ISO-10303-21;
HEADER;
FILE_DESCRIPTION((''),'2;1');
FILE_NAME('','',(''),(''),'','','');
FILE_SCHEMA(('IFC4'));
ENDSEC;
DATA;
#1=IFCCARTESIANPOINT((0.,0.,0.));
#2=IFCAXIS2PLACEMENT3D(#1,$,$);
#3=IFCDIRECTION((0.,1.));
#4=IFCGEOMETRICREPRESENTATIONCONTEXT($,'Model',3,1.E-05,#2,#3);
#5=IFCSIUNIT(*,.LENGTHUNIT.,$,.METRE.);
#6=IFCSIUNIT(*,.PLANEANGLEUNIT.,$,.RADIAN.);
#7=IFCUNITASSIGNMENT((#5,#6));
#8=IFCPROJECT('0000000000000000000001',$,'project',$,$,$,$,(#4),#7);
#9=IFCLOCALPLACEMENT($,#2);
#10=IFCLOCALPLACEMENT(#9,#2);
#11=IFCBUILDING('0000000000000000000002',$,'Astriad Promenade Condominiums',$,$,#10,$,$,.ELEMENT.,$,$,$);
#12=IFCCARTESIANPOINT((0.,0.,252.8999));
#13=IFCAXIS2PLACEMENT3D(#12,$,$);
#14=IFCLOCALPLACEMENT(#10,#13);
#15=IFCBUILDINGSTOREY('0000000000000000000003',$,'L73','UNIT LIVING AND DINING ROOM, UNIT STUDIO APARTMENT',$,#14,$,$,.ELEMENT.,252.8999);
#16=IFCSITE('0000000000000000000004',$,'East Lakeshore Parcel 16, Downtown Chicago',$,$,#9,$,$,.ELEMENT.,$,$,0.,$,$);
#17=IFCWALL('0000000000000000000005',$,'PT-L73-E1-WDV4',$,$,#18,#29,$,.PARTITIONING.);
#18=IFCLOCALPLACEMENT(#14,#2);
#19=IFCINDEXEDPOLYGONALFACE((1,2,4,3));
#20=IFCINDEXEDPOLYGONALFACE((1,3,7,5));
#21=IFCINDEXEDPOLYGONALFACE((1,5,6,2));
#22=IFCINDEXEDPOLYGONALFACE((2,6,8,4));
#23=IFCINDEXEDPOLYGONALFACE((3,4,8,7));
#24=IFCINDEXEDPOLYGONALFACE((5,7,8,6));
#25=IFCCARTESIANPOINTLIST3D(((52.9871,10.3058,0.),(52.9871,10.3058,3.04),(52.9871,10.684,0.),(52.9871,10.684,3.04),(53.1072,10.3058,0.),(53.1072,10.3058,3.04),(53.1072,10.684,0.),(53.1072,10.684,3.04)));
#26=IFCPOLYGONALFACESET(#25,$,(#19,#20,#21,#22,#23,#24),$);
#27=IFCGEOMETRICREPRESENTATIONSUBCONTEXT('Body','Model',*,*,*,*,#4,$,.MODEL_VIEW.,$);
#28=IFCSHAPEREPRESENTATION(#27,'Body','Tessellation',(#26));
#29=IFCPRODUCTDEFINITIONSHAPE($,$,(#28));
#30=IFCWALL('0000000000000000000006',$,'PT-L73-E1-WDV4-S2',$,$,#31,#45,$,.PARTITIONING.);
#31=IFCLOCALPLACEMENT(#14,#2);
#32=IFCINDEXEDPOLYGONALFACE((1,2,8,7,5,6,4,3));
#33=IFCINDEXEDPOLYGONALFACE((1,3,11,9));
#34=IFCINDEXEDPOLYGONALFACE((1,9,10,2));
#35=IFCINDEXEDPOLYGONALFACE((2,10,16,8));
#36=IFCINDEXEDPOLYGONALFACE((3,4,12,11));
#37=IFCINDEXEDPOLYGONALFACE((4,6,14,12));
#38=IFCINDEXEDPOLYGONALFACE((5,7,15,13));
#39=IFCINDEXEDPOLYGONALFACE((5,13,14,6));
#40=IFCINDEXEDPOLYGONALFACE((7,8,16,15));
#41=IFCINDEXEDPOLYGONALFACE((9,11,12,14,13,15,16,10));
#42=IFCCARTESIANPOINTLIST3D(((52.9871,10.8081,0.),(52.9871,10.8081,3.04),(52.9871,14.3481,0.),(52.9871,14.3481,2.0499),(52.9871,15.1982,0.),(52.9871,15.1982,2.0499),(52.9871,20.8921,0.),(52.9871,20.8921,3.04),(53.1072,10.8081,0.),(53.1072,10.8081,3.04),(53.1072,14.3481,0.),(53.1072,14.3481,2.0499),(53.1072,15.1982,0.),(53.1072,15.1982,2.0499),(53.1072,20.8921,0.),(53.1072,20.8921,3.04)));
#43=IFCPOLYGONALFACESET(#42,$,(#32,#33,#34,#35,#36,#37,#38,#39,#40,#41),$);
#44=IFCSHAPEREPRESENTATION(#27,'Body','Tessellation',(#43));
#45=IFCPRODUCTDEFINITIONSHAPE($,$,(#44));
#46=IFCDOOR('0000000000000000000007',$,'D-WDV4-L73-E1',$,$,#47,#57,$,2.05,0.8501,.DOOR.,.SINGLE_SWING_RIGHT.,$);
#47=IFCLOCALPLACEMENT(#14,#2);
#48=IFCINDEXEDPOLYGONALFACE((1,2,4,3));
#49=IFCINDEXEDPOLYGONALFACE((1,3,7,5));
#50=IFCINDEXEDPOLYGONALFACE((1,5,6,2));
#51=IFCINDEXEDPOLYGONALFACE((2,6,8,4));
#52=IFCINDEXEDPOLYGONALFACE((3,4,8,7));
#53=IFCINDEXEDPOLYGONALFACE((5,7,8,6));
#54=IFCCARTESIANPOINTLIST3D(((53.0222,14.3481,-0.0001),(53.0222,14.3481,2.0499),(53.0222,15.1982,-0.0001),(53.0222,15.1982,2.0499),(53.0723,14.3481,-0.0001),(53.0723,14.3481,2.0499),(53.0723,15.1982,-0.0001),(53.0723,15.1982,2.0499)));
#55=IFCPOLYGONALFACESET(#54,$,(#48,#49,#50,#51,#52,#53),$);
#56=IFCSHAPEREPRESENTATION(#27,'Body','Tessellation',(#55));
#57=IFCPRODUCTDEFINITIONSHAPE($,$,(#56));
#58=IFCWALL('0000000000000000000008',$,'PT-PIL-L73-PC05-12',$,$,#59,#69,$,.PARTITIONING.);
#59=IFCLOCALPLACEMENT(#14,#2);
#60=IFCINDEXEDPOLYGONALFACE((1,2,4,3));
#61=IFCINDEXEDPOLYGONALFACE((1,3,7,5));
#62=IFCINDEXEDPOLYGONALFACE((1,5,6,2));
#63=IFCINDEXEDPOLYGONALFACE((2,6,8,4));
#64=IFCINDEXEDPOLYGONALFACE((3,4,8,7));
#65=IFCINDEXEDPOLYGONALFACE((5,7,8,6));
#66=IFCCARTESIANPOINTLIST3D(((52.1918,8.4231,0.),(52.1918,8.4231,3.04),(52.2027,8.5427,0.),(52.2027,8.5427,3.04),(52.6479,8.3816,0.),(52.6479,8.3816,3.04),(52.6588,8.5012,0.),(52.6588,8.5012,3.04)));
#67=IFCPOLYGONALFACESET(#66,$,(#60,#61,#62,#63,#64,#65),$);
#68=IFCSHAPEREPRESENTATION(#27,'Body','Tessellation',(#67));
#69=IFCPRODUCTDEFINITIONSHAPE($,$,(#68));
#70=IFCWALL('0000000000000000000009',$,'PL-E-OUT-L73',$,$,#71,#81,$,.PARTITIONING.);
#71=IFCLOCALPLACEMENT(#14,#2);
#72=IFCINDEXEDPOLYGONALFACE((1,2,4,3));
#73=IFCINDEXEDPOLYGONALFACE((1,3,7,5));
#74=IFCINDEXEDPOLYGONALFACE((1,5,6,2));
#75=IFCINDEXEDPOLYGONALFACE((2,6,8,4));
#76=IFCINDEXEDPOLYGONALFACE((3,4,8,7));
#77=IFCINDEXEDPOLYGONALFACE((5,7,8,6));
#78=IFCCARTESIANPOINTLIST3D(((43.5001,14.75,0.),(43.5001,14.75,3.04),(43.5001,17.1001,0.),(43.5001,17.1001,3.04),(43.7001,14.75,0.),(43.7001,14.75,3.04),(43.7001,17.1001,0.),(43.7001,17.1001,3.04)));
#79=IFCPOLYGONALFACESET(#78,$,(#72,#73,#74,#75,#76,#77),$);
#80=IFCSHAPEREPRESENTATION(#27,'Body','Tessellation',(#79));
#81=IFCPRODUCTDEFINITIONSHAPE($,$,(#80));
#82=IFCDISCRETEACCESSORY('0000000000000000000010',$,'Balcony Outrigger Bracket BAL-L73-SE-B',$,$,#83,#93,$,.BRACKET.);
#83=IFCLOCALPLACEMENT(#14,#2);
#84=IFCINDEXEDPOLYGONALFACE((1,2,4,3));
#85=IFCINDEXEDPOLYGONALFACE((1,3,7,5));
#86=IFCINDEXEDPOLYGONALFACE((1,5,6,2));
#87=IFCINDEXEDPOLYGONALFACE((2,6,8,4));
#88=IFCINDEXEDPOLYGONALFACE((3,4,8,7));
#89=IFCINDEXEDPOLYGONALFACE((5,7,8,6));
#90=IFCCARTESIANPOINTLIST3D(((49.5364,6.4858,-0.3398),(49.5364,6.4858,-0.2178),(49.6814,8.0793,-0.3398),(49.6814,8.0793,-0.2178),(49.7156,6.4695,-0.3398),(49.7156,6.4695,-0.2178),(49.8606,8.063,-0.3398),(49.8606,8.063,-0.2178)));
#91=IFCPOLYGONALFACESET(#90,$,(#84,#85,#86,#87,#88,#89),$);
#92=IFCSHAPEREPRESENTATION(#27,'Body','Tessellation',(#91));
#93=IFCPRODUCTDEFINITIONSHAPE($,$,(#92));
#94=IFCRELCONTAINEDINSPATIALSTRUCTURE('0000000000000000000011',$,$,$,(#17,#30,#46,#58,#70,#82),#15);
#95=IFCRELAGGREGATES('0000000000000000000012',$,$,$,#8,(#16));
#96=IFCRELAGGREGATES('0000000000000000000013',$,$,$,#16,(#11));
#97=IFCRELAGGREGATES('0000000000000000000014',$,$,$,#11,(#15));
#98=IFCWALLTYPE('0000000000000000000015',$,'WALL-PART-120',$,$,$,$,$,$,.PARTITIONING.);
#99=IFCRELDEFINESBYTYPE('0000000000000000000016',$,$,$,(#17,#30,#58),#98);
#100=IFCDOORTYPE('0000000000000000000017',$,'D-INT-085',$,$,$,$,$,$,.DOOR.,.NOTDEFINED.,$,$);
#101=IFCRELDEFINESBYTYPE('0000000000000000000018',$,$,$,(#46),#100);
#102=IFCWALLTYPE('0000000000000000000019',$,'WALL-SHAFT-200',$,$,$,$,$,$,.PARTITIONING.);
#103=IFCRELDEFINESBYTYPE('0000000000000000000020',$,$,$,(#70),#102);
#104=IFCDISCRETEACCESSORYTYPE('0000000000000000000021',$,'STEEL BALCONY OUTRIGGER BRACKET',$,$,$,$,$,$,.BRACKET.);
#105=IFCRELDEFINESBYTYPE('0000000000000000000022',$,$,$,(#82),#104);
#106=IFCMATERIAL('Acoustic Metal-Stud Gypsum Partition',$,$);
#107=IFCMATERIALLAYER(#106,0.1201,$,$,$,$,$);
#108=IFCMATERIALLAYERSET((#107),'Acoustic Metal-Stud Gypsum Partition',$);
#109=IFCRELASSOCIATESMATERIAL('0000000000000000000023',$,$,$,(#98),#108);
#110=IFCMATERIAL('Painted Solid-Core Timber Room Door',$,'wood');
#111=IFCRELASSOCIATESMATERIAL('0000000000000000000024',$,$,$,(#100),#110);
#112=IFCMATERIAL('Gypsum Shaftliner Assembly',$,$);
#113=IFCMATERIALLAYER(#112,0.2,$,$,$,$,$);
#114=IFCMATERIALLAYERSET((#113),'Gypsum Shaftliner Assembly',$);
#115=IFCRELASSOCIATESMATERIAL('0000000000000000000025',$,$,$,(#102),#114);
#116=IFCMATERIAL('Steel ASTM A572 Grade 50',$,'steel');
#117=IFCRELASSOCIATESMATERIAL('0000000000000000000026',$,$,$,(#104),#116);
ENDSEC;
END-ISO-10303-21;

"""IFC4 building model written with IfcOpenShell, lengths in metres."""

from ifc_helpers import new_model, si_unit, direction, frame, frame_2d, origin, origin_2d, place, context, subcontext, project, spatial, rectangle, extrude, source, transform, mapped, material, layer, layer_set, type_object, type_shapes, element, fill, save


model = new_model("IFC4")

# Units and contexts
model_context = context("Model", 3, precision=1e-05, world=origin(), true_north=direction((0.0, 1.0)))
body_context = subcontext(model_context, "Body", "Model", "MODEL_VIEW")
ifc_project = project(units=[si_unit("LENGTHUNIT", "METRE"), si_unit("PLANEANGLEUNIT", "RADIAN")], contexts=[model_context])

# Site, building, storey
site_placement = place(None, origin())
site = spatial("IfcSite", under=ifc_project, at=site_placement, Name="East Lakeshore Parcel 16, Downtown Chicago", CompositionType="ELEMENT", RefElevation=0.0)
building_placement = place(site_placement, origin())
building = spatial("IfcBuilding", under=site, at=building_placement, Name="Astriad Promenade Condominiums", CompositionType="ELEMENT")
storey_placement = place(building_placement, frame((0.0, 0.0, 252.8999)))
storey = spatial("IfcBuildingStorey", under=building, at=storey_placement, Name="L73", Description="UNIT LIVING AND DINING ROOM, UNIT STUDIO APARTMENT", CompositionType="ELEMENT", Elevation=252.8999)

# Shared definitions
ifc_material_1 = material(Name="Acoustic Metal-Stud Gypsum Partition")
ifc_layer_1 = layer(ifc_material_1, 0.1201)
ifc_layer_set_1 = layer_set([ifc_layer_1], Name="Acoustic Metal-Stud Gypsum Partition")
wall_type_1 = type_object("IfcWallType", Name="WALL-PART-120", PredefinedType="PARTITIONING", material=ifc_layer_set_1)
ifc_material_2 = material(Name="Painted Solid-Core Timber Room Door", Category="wood")
door_type_1 = type_object("IfcDoorType", Name="D-INT-085", OperationType="NOTDEFINED", PredefinedType="DOOR", material=ifc_material_2)
shared_shape_1 = source(origin(), body_context, "Body", "SweptSolid", [
    extrude(rectangle(XDim=0.8501, YDim=2.05, at=frame_2d((0.425, 1.0249))), frame((0.0, 0.0249, 0.0), z_axis=(0.0, -1.0, 0.0), x_axis=(1.0, 0.0, 0.0)), (0.0, 0.0, 1.0), 0.05),
])
type_shapes(door_type_1, [shared_shape_1])

# Wall
wall_1_placement = place(storey_placement, frame((53.0471, 10.3059, 0.0), z_axis=(0.0, 0.0, 1.0), x_axis=(0.0, 1.0, 0.0)))
element("IfcWall", 1, at=wall_1_placement, inside=storey, type_object=wall_type_1, Name="PT-L73-E1-WDV4", PredefinedType="PARTITIONING", context=body_context, shape_type="SweptSolid", body=[
    extrude(rectangle(XDim=0.3782, YDim=0.1201, at=frame_2d((0.189, 0.0))), origin(), (0.0, 0.0, 1.0), 3.04),
])

# Wall, opening, door
wall_2_placement = place(storey_placement, frame((53.0471, 10.8081, 0.0), z_axis=(0.0, 0.0, 1.0), x_axis=(0.0, 1.0, 0.0)))
wall_2 = element("IfcWall", 2, at=wall_2_placement, inside=storey, type_object=wall_type_1, Name="PT-L73-E1-WDV4-S2", PredefinedType="PARTITIONING", context=body_context, shape_type="SweptSolid", body=[
    extrude(rectangle(XDim=10.084, YDim=0.1201, at=frame_2d((5.042, 0.0))), origin(), (0.0, 0.0, 1.0), 3.04),
])
opening_1_placement = place(wall_2_placement, frame((3.54, 0.0, 0.0)))
opening_1 = element("IfcOpeningElement", 3, at=opening_1_placement, cuts=wall_2, PredefinedType="OPENING", context=body_context, shape_type="SweptSolid", body=[
    extrude(rectangle(XDim=0.8501, YDim=2.05, at=frame_2d((0.425, 1.0249))), frame((0.0, 0.0701, 0.0), z_axis=(0.0, -1.0, 0.0), x_axis=(1.0, 0.0, 0.0)), (0.0, 0.0, 1.0), 0.1401),
])
door_1_placement = place(opening_1_placement, origin())
door_1 = element("IfcDoor", 4, at=door_1_placement, inside=storey, type_object=door_type_1, Name="D-WDV4-L73-E1", OperationType="SINGLE_SWING_RIGHT", OverallHeight=2.05, OverallWidth=0.8501, PredefinedType="DOOR", context=body_context, shape_type="MappedRepresentation", body=[
    mapped(shared_shape_1, transform((0.0, 0.0, 0.0), scale=1.0)),
])
fill(opening_1, door_1)

# Walls
wall_3_placement = place(storey_placement, frame((52.1973, 8.4829, 0.0), z_axis=(0.0, 0.0, 1.0), x_axis=(0.995884, -0.090632, 0.0)))
element("IfcWall", 5, at=wall_3_placement, inside=storey, type_object=wall_type_1, Name="PT-PIL-L73-PC05-12", PredefinedType="PARTITIONING", context=body_context, shape_type="SweptSolid", body=[
    extrude(rectangle(XDim=0.458, YDim=0.1201, at=frame_2d((0.229, 0.0))), origin(), (0.0, 0.0, 1.0), 3.04),
])
ifc_material_3 = material(Name="Gypsum Shaftliner Assembly")
ifc_layer_2 = layer(ifc_material_3, 0.2)
ifc_layer_set_2 = layer_set([ifc_layer_2], Name="Gypsum Shaftliner Assembly")
wall_type_2 = type_object("IfcWallType", Name="WALL-SHAFT-200", PredefinedType="PARTITIONING", material=ifc_layer_set_2)
wall_4_placement = place(storey_placement, frame((43.6001, 14.75, 0.0), z_axis=(0.0, 0.0, 1.0), x_axis=(0.0, 1.0, 0.0)))
element("IfcWall", 6, at=wall_4_placement, inside=storey, type_object=wall_type_2, Name="PL-E-OUT-L73", PredefinedType="PARTITIONING", context=body_context, shape_type="SweptSolid", body=[
    extrude(rectangle(XDim=2.3501, YDim=0.2, at=frame_2d((1.175, 0.0))), origin(), (0.0, 0.0, 1.0), 3.04),
])

# Discrete accessory
ifc_material_4 = material(Name="Steel ASTM A572 Grade 50", Category="steel")
discrete_accessory_type = type_object("IfcDiscreteAccessoryType", Name="STEEL BALCONY OUTRIGGER BRACKET", PredefinedType="BRACKET", material=ifc_material_4)
shared_shape_2 = source(origin(), body_context, "Body", "SweptSolid", [
    extrude(rectangle(XDim=1.6001, YDim=0.1799, at=origin_2d()), origin(), (0.0, 0.0, 1.0), 0.1221),
])
type_shapes(discrete_accessory_type, [shared_shape_2])
discrete_accessory_placement = place(storey_placement, frame((49.6985, 7.2744, -0.3398), z_axis=(0.0, 0.0, 1.0), x_axis=(-0.090633, -0.995884, 0.0)))
element("IfcDiscreteAccessory", 7, at=discrete_accessory_placement, inside=storey, type_object=discrete_accessory_type, Name="Balcony Outrigger Bracket BAL-L73-SE-B", PredefinedType="BRACKET", context=body_context, shape_type="MappedRepresentation", body=[
    mapped(shared_shape_2, transform((0.0, 0.0, 0.0), scale=1.0)),
])

save(model, "model.ifc")
